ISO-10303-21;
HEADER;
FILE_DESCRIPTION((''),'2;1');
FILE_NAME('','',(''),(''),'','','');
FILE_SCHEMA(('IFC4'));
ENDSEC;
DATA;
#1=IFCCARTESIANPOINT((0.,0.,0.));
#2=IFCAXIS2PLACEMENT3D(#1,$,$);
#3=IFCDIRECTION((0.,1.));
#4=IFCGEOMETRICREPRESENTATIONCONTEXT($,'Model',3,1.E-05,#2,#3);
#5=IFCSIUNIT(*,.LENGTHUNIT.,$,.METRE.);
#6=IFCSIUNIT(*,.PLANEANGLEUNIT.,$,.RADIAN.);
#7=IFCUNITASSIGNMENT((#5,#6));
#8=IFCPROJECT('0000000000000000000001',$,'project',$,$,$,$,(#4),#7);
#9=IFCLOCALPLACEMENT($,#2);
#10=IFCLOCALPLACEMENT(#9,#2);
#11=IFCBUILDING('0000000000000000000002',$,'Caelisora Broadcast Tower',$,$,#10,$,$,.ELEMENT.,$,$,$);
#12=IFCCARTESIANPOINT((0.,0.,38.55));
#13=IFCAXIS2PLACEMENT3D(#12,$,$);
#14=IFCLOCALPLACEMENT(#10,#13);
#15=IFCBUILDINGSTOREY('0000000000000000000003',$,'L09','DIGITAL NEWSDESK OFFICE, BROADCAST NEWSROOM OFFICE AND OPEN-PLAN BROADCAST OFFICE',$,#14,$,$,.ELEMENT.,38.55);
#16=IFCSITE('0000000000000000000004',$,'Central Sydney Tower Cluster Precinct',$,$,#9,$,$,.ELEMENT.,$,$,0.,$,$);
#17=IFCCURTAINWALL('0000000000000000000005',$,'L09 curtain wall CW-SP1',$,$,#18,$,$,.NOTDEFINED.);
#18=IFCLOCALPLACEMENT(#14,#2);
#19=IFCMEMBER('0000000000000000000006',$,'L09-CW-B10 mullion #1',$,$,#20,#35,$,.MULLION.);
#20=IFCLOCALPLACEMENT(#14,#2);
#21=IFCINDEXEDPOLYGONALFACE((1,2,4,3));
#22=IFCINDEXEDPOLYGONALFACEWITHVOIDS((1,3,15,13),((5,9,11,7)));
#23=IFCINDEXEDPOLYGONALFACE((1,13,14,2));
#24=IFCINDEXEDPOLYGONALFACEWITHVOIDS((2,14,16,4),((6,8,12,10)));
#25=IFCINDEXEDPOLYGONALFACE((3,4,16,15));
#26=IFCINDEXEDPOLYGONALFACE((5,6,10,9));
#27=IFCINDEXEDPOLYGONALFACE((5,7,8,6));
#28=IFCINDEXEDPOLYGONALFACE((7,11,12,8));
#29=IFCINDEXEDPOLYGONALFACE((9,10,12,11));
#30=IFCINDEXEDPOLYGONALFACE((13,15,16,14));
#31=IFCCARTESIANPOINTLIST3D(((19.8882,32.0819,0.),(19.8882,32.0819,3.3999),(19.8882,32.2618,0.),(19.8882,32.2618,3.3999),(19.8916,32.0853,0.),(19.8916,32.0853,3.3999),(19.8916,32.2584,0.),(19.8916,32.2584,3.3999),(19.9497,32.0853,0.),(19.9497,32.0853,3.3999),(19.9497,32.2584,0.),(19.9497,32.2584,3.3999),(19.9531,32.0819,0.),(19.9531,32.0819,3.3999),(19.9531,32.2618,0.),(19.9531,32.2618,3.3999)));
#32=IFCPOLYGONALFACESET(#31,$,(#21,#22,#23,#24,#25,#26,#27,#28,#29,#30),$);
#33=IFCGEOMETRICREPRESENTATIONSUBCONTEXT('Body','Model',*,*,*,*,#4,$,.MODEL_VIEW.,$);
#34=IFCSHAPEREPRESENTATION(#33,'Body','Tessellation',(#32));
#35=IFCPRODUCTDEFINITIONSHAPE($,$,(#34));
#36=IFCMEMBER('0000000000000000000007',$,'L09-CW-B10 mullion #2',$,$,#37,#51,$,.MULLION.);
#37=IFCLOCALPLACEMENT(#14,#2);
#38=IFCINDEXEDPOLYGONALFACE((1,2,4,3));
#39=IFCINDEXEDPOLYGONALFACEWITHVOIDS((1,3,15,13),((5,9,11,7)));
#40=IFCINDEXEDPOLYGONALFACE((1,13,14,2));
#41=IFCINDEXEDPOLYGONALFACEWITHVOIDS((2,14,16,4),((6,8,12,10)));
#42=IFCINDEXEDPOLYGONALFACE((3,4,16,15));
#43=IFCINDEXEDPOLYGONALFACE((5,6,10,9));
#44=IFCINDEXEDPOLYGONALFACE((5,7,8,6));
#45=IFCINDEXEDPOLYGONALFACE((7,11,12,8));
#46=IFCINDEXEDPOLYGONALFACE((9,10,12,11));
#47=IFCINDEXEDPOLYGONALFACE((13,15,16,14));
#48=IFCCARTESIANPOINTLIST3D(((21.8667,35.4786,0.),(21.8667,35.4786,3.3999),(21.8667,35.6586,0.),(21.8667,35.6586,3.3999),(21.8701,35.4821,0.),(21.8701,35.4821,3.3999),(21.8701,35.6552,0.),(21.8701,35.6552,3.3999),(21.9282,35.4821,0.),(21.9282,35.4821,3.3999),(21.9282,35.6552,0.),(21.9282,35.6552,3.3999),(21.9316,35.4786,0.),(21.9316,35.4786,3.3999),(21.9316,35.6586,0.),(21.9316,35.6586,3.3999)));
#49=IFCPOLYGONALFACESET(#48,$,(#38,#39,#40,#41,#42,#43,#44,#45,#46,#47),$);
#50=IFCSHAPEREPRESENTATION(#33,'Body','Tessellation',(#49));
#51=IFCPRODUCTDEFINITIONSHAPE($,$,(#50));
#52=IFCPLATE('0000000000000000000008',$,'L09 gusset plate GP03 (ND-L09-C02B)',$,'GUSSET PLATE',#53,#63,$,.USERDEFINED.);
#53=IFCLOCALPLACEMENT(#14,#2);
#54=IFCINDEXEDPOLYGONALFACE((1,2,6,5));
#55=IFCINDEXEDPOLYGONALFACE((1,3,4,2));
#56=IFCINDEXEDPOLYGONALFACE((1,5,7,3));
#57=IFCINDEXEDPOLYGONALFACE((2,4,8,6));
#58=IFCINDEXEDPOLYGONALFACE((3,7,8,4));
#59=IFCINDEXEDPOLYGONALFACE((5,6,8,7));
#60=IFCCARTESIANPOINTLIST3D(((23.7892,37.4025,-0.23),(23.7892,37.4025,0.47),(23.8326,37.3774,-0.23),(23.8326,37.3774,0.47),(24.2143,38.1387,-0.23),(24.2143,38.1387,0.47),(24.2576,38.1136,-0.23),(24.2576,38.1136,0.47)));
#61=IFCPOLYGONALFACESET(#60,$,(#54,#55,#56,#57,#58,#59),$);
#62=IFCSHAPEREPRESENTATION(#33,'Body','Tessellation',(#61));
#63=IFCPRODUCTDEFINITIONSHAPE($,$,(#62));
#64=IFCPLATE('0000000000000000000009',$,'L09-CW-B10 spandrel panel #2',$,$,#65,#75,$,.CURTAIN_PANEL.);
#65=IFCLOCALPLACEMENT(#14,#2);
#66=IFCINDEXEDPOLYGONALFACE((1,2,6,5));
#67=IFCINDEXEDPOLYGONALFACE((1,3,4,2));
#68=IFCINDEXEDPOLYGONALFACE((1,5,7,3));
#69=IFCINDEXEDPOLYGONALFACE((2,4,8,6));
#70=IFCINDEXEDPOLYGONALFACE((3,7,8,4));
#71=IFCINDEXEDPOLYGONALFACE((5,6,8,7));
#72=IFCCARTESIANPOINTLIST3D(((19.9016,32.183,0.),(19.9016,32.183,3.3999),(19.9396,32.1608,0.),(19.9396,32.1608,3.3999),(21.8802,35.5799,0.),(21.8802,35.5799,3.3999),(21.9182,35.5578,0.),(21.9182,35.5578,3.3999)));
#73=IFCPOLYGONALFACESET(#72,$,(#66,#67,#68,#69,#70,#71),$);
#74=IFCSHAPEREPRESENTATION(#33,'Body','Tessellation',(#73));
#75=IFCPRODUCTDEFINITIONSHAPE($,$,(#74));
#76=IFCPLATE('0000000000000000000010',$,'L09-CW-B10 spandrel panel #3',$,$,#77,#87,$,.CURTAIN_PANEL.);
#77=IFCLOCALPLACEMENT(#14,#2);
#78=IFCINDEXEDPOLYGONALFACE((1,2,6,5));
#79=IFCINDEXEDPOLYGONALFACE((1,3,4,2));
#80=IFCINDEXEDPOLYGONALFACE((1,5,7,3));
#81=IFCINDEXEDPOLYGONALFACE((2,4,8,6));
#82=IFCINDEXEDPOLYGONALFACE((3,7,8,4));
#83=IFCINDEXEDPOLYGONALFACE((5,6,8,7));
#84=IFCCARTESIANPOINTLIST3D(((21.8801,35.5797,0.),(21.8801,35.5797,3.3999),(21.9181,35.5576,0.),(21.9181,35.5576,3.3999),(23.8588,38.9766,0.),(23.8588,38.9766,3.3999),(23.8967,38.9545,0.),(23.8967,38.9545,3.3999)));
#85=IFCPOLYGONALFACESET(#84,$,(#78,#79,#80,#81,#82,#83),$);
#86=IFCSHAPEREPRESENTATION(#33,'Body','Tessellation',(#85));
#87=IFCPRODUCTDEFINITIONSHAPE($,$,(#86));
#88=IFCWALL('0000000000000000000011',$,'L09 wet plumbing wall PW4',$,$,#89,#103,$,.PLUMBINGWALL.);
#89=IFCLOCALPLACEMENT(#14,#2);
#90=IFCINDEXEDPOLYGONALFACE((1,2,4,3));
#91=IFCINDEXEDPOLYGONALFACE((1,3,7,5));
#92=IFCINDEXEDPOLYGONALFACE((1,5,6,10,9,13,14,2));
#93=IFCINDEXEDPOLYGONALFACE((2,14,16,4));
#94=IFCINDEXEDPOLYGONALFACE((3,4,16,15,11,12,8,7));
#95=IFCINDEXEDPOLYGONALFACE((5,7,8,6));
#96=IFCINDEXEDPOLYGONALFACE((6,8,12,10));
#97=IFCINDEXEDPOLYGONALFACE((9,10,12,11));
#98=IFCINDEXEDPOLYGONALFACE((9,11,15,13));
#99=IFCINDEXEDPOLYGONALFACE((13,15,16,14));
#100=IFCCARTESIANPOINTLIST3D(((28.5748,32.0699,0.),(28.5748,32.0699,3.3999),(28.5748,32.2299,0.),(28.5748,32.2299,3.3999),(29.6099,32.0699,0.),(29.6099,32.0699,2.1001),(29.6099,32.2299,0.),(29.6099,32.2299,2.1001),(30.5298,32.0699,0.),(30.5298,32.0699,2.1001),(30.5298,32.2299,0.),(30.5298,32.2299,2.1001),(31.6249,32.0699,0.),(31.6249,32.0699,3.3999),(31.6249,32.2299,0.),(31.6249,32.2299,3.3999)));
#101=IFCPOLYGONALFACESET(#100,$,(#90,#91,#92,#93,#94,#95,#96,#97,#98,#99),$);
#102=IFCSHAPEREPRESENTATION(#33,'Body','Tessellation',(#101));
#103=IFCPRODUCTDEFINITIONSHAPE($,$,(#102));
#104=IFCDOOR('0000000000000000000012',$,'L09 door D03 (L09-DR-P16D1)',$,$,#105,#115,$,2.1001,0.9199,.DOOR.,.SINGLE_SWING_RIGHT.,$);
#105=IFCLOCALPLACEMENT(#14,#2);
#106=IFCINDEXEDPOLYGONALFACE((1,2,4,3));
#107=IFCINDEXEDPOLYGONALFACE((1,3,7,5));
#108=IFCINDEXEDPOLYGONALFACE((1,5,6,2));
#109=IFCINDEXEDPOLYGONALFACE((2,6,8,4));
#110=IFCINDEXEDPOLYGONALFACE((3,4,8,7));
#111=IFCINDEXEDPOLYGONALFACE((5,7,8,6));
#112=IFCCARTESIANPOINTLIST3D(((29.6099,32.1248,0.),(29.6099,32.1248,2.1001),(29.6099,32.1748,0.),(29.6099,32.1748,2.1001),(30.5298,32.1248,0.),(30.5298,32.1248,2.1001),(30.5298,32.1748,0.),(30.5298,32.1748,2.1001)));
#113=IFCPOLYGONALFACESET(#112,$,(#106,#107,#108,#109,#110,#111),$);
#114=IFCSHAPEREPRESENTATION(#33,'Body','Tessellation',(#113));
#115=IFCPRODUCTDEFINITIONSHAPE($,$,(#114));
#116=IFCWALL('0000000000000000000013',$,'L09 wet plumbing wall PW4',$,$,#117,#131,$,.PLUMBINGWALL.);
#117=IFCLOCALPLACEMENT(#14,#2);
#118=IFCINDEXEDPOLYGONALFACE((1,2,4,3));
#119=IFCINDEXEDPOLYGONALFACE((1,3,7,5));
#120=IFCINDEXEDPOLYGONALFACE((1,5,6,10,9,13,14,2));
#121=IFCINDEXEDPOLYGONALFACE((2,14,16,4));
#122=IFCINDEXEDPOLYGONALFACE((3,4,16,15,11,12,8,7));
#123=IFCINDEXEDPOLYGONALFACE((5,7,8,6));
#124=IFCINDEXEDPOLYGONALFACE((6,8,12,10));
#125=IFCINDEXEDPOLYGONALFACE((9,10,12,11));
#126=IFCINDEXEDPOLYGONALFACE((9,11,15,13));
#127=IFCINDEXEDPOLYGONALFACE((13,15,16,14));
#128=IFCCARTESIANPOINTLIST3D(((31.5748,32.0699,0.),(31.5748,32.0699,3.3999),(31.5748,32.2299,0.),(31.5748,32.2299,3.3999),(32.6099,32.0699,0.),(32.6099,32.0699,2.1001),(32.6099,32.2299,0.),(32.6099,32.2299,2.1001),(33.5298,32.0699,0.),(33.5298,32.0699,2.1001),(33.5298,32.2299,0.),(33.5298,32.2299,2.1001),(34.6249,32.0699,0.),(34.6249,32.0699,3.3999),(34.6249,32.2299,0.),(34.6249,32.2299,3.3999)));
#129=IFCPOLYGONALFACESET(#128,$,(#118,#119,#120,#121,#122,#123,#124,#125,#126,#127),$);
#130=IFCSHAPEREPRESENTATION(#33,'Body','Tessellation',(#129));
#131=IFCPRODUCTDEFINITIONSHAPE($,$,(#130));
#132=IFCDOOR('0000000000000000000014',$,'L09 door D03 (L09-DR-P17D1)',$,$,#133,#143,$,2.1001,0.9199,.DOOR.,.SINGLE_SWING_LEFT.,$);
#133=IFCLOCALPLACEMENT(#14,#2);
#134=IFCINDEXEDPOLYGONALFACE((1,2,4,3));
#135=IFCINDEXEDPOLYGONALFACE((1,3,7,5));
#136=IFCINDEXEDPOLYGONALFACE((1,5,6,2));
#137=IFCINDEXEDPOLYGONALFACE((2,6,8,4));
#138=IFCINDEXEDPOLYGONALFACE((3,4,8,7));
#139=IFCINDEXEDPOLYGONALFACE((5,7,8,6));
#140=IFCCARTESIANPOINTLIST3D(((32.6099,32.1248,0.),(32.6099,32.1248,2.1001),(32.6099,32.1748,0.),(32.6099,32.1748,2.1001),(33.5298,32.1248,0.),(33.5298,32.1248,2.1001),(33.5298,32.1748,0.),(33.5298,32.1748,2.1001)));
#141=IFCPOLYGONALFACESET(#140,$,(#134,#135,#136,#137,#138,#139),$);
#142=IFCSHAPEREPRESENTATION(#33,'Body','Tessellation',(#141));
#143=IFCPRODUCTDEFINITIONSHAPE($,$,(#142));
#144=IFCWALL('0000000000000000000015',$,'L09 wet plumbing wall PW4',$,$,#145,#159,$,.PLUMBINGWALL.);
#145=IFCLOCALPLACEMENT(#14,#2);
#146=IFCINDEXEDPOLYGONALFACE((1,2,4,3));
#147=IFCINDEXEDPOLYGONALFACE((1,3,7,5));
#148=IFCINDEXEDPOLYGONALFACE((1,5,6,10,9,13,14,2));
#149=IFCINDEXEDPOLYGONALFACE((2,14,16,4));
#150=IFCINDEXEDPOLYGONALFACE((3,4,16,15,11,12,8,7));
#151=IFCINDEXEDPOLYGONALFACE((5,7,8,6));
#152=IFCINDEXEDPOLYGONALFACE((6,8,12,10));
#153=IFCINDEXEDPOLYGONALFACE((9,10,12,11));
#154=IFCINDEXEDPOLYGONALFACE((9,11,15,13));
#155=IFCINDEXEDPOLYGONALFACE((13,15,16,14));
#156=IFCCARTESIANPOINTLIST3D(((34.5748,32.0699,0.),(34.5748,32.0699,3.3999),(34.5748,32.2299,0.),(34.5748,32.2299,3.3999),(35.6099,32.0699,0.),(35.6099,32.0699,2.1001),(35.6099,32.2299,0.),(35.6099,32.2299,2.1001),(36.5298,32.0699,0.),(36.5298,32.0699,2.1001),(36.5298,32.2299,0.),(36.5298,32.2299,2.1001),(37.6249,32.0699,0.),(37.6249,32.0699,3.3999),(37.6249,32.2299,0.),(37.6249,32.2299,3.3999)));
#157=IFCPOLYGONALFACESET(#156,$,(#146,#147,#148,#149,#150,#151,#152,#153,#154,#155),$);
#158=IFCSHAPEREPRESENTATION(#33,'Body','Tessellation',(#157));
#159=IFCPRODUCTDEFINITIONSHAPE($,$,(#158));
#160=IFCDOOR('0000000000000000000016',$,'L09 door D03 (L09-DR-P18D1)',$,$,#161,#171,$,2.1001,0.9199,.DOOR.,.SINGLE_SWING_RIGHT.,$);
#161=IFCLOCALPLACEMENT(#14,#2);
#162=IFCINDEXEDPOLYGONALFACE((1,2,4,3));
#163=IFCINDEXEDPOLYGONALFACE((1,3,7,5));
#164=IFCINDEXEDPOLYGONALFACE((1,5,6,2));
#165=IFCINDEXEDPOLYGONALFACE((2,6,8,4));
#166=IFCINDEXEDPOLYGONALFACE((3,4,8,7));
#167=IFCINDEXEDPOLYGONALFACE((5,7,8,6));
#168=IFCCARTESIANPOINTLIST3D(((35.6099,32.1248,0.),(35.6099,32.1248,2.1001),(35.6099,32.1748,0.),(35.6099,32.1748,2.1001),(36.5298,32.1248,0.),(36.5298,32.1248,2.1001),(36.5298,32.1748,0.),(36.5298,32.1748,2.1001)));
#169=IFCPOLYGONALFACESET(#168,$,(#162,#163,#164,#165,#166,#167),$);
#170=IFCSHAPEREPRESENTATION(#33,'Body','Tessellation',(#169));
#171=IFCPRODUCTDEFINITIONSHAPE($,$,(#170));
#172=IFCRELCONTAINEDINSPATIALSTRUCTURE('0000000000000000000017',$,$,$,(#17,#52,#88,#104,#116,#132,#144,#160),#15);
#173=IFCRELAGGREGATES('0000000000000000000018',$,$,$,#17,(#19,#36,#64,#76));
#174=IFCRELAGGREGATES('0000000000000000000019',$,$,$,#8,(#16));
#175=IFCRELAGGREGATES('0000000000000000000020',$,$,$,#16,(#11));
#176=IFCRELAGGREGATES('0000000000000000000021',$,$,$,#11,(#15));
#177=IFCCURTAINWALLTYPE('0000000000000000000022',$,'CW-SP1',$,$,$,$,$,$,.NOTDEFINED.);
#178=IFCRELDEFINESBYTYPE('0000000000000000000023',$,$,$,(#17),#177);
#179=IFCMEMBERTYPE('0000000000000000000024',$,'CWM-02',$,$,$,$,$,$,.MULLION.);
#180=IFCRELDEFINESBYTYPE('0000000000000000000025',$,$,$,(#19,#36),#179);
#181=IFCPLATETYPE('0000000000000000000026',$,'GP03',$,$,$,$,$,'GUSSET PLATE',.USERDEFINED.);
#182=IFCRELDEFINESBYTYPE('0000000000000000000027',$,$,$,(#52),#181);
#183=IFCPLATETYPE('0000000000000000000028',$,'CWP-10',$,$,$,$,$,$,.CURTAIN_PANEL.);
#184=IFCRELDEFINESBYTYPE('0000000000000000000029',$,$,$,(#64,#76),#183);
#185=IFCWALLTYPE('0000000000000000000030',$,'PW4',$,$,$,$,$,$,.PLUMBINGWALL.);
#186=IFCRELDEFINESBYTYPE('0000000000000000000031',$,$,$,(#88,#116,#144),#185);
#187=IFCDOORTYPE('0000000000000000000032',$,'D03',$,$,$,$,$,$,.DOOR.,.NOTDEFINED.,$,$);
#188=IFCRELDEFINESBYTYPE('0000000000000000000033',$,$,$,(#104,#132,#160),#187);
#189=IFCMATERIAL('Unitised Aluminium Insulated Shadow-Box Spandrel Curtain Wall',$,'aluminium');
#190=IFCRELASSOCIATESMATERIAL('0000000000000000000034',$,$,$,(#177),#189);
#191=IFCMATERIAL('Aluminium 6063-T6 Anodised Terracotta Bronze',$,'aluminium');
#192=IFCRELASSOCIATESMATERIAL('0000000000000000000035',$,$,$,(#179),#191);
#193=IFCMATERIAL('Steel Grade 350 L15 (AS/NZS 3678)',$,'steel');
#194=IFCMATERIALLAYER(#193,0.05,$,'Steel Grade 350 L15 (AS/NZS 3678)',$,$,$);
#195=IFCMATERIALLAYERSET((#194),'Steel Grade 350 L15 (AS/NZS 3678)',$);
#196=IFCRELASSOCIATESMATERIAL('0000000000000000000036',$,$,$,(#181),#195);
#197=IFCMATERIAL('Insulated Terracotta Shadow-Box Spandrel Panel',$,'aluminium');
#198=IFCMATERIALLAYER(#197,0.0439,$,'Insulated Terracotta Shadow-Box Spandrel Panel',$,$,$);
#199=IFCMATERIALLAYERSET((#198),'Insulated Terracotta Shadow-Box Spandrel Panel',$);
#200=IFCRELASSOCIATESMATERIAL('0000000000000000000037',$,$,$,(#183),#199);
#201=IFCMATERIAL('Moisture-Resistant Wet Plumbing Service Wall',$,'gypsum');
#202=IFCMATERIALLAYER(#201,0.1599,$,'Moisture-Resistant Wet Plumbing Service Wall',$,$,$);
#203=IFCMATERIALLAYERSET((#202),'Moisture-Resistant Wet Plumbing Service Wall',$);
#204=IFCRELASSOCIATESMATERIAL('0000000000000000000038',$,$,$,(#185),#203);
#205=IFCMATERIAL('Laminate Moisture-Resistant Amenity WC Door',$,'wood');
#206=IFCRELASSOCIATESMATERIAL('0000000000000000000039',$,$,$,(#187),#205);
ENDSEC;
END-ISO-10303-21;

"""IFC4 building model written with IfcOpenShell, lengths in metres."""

from ifc_helpers import new_model, si_unit, direction, frame, frame_2d, origin, origin_2d, place, context, subcontext, project, spatial, rectangle, hollow_rectangle, extrude, source, transform, mapped, material, layer, layer_set, material_profile, profile_set, type_object, type_shapes, element, fill, aggregate, save


model = new_model("IFC4")

# Units and contexts
model_context = context("Model", 3, precision=1e-05, world=origin(), true_north=direction((0.0, 1.0)))
body_context = subcontext(model_context, "Body", "Model", "MODEL_VIEW")
ifc_project = project(units=[si_unit("LENGTHUNIT", "METRE"), si_unit("PLANEANGLEUNIT", "RADIAN")], contexts=[model_context])

# Site, building, storey
site_placement = place(None, origin())
site = spatial("IfcSite", under=ifc_project, at=site_placement, Name="Central Sydney Tower Cluster Precinct", CompositionType="ELEMENT", RefElevation=0.0)
building_placement = place(site_placement, origin())
building = spatial("IfcBuilding", under=site, at=building_placement, Name="Caelisora Broadcast Tower", CompositionType="ELEMENT")
storey_placement = place(building_placement, frame((0.0, 0.0, 38.55)))
storey = spatial("IfcBuildingStorey", under=building, at=storey_placement, Name="L09", Description="DIGITAL NEWSDESK OFFICE, BROADCAST NEWSROOM OFFICE AND OPEN-PLAN BROADCAST OFFICE", CompositionType="ELEMENT", Elevation=38.55)

# Shared definitions
ifc_material_1 = material(Name="Steel Grade 350 L15 (AS/NZS 3678)", Category="steel")

# Curtain wall, members
ifc_material_2 = material(Name="Unitised Aluminium Insulated Shadow-Box Spandrel Curtain Wall", Category="aluminium")
curtain_wall_type = type_object("IfcCurtainWallType", Name="CW-SP1", PredefinedType="NOTDEFINED", material=ifc_material_2)
curtain_wall_placement = place(storey_placement, origin())
curtain_wall = element("IfcCurtainWall", 1, at=curtain_wall_placement, inside=storey, type_object=curtain_wall_type, Name="L09 curtain wall CW-SP1", PredefinedType="NOTDEFINED")
ifc_material_3 = material(Name="Aluminium 6063-T6 Anodised Terracotta Bronze", Category="aluminium")
ifc_material_profile_1 = material_profile(ifc_material_3, hollow_rectangle(XDim=0.0649, YDim=0.1799, WallThickness=0.0034, at=origin_2d()), Name="Aluminium 6063-T6 Anodised Terracotta Bronze")
ifc_profile_set_1 = profile_set([ifc_material_profile_1], Name="Aluminium 6063-T6 Anodised Terracotta Bronze")
member_type_1 = type_object("IfcMemberType", Name="CWM-02", PredefinedType="MULLION", material=ifc_profile_set_1)
shared_shape_1 = source(origin(), body_context, "Body", "SweptSolid", [
    extrude(hollow_rectangle(XDim=0.0649, YDim=0.1799, WallThickness=0.0034, at=origin_2d()), origin(), (0.0, 0.0, 1.0), 3.3999),
])
type_shapes(member_type_1, [shared_shape_1])
member_1_placement = place(storey_placement, frame((19.9207, 32.1719, 0.0), z_axis=(0.0, 0.0, 1.0), x_axis=(1.0, 0.0, 0.0)))
member_1 = element("IfcMember", 2, at=member_1_placement, type_object=member_type_1, Name="L09-CW-B10 mullion #1", PredefinedType="MULLION", context=body_context, shape_type="MappedRepresentation", body=[
    mapped(shared_shape_1, transform((0.0, 0.0, 0.0), scale=1.0)),
])
member_2_placement = place(storey_placement, frame((21.8992, 35.5686, 0.0), z_axis=(0.0, 0.0, 1.0), x_axis=(1.0, 0.0, 0.0)))
member_2 = element("IfcMember", 3, at=member_2_placement, type_object=member_type_1, Name="L09-CW-B10 mullion #2", PredefinedType="MULLION", context=body_context, shape_type="MappedRepresentation", body=[
    mapped(shared_shape_1, transform((0.0, 0.0, 0.0), scale=1.0)),
])

# Plates
ifc_layer_1 = layer(ifc_material_1, 0.05, Name="Steel Grade 350 L15 (AS/NZS 3678)")
ifc_layer_set_1 = layer_set([ifc_layer_1], Name="Steel Grade 350 L15 (AS/NZS 3678)")
plate_type_1 = type_object("IfcPlateType", Name="GP03", ElementType="GUSSET PLATE", PredefinedType="USERDEFINED", material=ifc_layer_set_1)
shared_shape_2 = source(origin(), body_context, "Body", "SweptSolid", [
    extrude(rectangle(XDim=0.8501, YDim=0.05, at=origin_2d()), origin(), (0.0, 0.0, 1.0), 0.7),
])
type_shapes(plate_type_1, [shared_shape_2])
plate_1_placement = place(storey_placement, frame((24.0234, 37.7581, -0.23), z_axis=(0.0, 0.0, 1.0), x_axis=(-0.5, -0.866025, 0.0)))
element("IfcPlate", 4, at=plate_1_placement, inside=storey, type_object=plate_type_1, Name="L09 gusset plate GP03 (ND-L09-C02B)", ObjectType="GUSSET PLATE", PredefinedType="USERDEFINED", context=body_context, shape_type="MappedRepresentation", body=[
    mapped(shared_shape_2, transform((0.0, 0.0, 0.0), scale=1.0)),
])
ifc_material_4 = material(Name="Insulated Terracotta Shadow-Box Spandrel Panel", Category="aluminium")
ifc_layer_2 = layer(ifc_material_4, 0.0439, Name="Insulated Terracotta Shadow-Box Spandrel Panel")
ifc_layer_set_2 = layer_set([ifc_layer_2], Name="Insulated Terracotta Shadow-Box Spandrel Panel")
plate_type_2 = type_object("IfcPlateType", Name="CWP-10", PredefinedType="CURTAIN_PANEL", material=ifc_layer_set_2)
shared_shape_3 = source(origin(), body_context, "Body", "SweptSolid", [
    extrude(rectangle(XDim=3.9312, YDim=0.0439, at=origin_2d()), origin(), (0.0, 0.0, 1.0), 3.3999),
])
type_shapes(plate_type_2, [shared_shape_3])
plate_2_placement = place(storey_placement, frame((20.9099, 33.8704, 0.0), z_axis=(0.0, 0.0, 1.0), x_axis=(0.503322, 0.864099, 0.0)))
plate_2 = element("IfcPlate", 5, at=plate_2_placement, type_object=plate_type_2, Name="L09-CW-B10 spandrel panel #2", PredefinedType="CURTAIN_PANEL", context=body_context, shape_type="MappedRepresentation", body=[
    mapped(shared_shape_3, transform((0.0, 0.0, 0.0), scale=1.0)),
])
plate_3_placement = place(storey_placement, frame((22.8884, 37.2671, 0.0), z_axis=(0.0, 0.0, 1.0), x_axis=(0.503322, 0.864099, 0.0)))
plate_3 = element("IfcPlate", 6, at=plate_3_placement, type_object=plate_type_2, Name="L09-CW-B10 spandrel panel #3", PredefinedType="CURTAIN_PANEL", context=body_context, shape_type="MappedRepresentation", body=[
    mapped(shared_shape_3, transform((0.0, 0.0, 0.0), scale=1.0)),
])
aggregate(curtain_wall, [member_1, member_2, plate_2, plate_3])

# Walls, openings, doors
ifc_material_5 = material(Name="Moisture-Resistant Wet Plumbing Service Wall", Category="gypsum")
ifc_layer_3 = layer(ifc_material_5, 0.1599, Name="Moisture-Resistant Wet Plumbing Service Wall")
ifc_layer_set_3 = layer_set([ifc_layer_3], Name="Moisture-Resistant Wet Plumbing Service Wall")
wall_type = type_object("IfcWallType", Name="PW4", PredefinedType="PLUMBINGWALL", material=ifc_layer_set_3)
wall_1_placement = place(storey_placement, frame((28.575, 32.1499, 0.0), z_axis=(0.0, 0.0, 1.0), x_axis=(1.0, 0.0, 0.0)))
wall_1 = element("IfcWall", 7, at=wall_1_placement, inside=storey, type_object=wall_type, Name="L09 wet plumbing wall PW4", PredefinedType="PLUMBINGWALL", context=body_context, shape_type="SweptSolid", body=[
    extrude(rectangle(XDim=3.05, YDim=0.1599, at=frame_2d((1.5249, 0.0))), origin(), (0.0, 0.0, 1.0), 3.3999),
])
opening_1_placement = place(wall_1_placement, frame((1.0349, 0.0, 0.0)))
opening_1 = element("IfcOpeningElement", 8, at=opening_1_placement, cuts=wall_1, PredefinedType="OPENING", context=body_context, shape_type="SweptSolid", body=[
    extrude(rectangle(XDim=0.9199, YDim=2.1001, at=frame_2d((0.46, 1.05))), frame((0.0, 0.092, 0.0), z_axis=(0.0, -1.0, 0.0), x_axis=(1.0, 0.0, 0.0)), (0.0, 0.0, 1.0), 0.1838),
])
ifc_material_6 = material(Name="Laminate Moisture-Resistant Amenity WC Door", Category="wood")
door_type = type_object("IfcDoorType", Name="D03", OperationType="NOTDEFINED", PredefinedType="DOOR", material=ifc_material_6)
door_1_placement = place(opening_1_placement, origin())
door_1 = element("IfcDoor", 9, at=door_1_placement, inside=storey, type_object=door_type, Name="L09 door D03 (L09-DR-P16D1)", OperationType="SINGLE_SWING_RIGHT", OverallHeight=2.1001, OverallWidth=0.9199, PredefinedType="DOOR", context=body_context, shape_type="SweptSolid", body=[
    extrude(rectangle(XDim=0.9199, YDim=2.1001, at=frame_2d((0.46, 1.05))), frame((0.0, 0.0249, 0.0), z_axis=(0.0, -1.0, 0.0), x_axis=(1.0, 0.0, 0.0)), (0.0, 0.0, 1.0), 0.05),
])
fill(opening_1, door_1)
wall_2_placement = place(storey_placement, frame((31.575, 32.1499, 0.0), z_axis=(0.0, 0.0, 1.0), x_axis=(1.0, 0.0, 0.0)))
wall_2 = element("IfcWall", 10, at=wall_2_placement, inside=storey, type_object=wall_type, Name="L09 wet plumbing wall PW4", PredefinedType="PLUMBINGWALL", context=body_context, shape_type="SweptSolid", body=[
    extrude(rectangle(XDim=3.05, YDim=0.1599, at=frame_2d((1.5249, 0.0))), origin(), (0.0, 0.0, 1.0), 3.3999),
])
opening_2_placement = place(wall_2_placement, frame((1.0349, 0.0, 0.0)))
opening_2 = element("IfcOpeningElement", 11, at=opening_2_placement, cuts=wall_2, PredefinedType="OPENING", context=body_context, shape_type="SweptSolid", body=[
    extrude(rectangle(XDim=0.9199, YDim=2.1001, at=frame_2d((0.46, 1.05))), frame((0.0, 0.092, 0.0), z_axis=(0.0, -1.0, 0.0), x_axis=(1.0, 0.0, 0.0)), (0.0, 0.0, 1.0), 0.1838),
])
door_2_placement = place(opening_2_placement, origin())
door_2 = element("IfcDoor", 12, at=door_2_placement, inside=storey, type_object=door_type, Name="L09 door D03 (L09-DR-P17D1)", OperationType="SINGLE_SWING_LEFT", OverallHeight=2.1001, OverallWidth=0.9199, PredefinedType="DOOR", context=body_context, shape_type="SweptSolid", body=[
    extrude(rectangle(XDim=0.9199, YDim=2.1001, at=frame_2d((0.46, 1.05))), frame((0.0, 0.0249, 0.0), z_axis=(0.0, -1.0, 0.0), x_axis=(1.0, 0.0, 0.0)), (0.0, 0.0, 1.0), 0.05),
])
fill(opening_2, door_2)
wall_3_placement = place(storey_placement, frame((34.575, 32.1499, 0.0), z_axis=(0.0, 0.0, 1.0), x_axis=(1.0, 0.0, 0.0)))
wall_3 = element("IfcWall", 13, at=wall_3_placement, inside=storey, type_object=wall_type, Name="L09 wet plumbing wall PW4", PredefinedType="PLUMBINGWALL", context=body_context, shape_type="SweptSolid", body=[
    extrude(rectangle(XDim=3.05, YDim=0.1599, at=frame_2d((1.5249, 0.0))), origin(), (0.0, 0.0, 1.0), 3.3999),
])
opening_3_placement = place(wall_3_placement, frame((1.0349, 0.0, 0.0)))
opening_3 = element("IfcOpeningElement", 14, at=opening_3_placement, cuts=wall_3, PredefinedType="OPENING", context=body_context, shape_type="SweptSolid", body=[
    extrude(rectangle(XDim=0.9199, YDim=2.1001, at=frame_2d((0.46, 1.05))), frame((0.0, 0.092, 0.0), z_axis=(0.0, -1.0, 0.0), x_axis=(1.0, 0.0, 0.0)), (0.0, 0.0, 1.0), 0.1838),
])
door_3_placement = place(opening_3_placement, origin())
door_3 = element("IfcDoor", 15, at=door_3_placement, inside=storey, type_object=door_type, Name="L09 door D03 (L09-DR-P18D1)", OperationType="SINGLE_SWING_RIGHT", OverallHeight=2.1001, OverallWidth=0.9199, PredefinedType="DOOR", context=body_context, shape_type="SweptSolid", body=[
    extrude(rectangle(XDim=0.9199, YDim=2.1001, at=frame_2d((0.46, 1.05))), frame((0.0, 0.0249, 0.0), z_axis=(0.0, -1.0, 0.0), x_axis=(1.0, 0.0, 0.0)), (0.0, 0.0, 1.0), 0.05),
])
fill(opening_3, door_3)

save(model, "model.ifc")
